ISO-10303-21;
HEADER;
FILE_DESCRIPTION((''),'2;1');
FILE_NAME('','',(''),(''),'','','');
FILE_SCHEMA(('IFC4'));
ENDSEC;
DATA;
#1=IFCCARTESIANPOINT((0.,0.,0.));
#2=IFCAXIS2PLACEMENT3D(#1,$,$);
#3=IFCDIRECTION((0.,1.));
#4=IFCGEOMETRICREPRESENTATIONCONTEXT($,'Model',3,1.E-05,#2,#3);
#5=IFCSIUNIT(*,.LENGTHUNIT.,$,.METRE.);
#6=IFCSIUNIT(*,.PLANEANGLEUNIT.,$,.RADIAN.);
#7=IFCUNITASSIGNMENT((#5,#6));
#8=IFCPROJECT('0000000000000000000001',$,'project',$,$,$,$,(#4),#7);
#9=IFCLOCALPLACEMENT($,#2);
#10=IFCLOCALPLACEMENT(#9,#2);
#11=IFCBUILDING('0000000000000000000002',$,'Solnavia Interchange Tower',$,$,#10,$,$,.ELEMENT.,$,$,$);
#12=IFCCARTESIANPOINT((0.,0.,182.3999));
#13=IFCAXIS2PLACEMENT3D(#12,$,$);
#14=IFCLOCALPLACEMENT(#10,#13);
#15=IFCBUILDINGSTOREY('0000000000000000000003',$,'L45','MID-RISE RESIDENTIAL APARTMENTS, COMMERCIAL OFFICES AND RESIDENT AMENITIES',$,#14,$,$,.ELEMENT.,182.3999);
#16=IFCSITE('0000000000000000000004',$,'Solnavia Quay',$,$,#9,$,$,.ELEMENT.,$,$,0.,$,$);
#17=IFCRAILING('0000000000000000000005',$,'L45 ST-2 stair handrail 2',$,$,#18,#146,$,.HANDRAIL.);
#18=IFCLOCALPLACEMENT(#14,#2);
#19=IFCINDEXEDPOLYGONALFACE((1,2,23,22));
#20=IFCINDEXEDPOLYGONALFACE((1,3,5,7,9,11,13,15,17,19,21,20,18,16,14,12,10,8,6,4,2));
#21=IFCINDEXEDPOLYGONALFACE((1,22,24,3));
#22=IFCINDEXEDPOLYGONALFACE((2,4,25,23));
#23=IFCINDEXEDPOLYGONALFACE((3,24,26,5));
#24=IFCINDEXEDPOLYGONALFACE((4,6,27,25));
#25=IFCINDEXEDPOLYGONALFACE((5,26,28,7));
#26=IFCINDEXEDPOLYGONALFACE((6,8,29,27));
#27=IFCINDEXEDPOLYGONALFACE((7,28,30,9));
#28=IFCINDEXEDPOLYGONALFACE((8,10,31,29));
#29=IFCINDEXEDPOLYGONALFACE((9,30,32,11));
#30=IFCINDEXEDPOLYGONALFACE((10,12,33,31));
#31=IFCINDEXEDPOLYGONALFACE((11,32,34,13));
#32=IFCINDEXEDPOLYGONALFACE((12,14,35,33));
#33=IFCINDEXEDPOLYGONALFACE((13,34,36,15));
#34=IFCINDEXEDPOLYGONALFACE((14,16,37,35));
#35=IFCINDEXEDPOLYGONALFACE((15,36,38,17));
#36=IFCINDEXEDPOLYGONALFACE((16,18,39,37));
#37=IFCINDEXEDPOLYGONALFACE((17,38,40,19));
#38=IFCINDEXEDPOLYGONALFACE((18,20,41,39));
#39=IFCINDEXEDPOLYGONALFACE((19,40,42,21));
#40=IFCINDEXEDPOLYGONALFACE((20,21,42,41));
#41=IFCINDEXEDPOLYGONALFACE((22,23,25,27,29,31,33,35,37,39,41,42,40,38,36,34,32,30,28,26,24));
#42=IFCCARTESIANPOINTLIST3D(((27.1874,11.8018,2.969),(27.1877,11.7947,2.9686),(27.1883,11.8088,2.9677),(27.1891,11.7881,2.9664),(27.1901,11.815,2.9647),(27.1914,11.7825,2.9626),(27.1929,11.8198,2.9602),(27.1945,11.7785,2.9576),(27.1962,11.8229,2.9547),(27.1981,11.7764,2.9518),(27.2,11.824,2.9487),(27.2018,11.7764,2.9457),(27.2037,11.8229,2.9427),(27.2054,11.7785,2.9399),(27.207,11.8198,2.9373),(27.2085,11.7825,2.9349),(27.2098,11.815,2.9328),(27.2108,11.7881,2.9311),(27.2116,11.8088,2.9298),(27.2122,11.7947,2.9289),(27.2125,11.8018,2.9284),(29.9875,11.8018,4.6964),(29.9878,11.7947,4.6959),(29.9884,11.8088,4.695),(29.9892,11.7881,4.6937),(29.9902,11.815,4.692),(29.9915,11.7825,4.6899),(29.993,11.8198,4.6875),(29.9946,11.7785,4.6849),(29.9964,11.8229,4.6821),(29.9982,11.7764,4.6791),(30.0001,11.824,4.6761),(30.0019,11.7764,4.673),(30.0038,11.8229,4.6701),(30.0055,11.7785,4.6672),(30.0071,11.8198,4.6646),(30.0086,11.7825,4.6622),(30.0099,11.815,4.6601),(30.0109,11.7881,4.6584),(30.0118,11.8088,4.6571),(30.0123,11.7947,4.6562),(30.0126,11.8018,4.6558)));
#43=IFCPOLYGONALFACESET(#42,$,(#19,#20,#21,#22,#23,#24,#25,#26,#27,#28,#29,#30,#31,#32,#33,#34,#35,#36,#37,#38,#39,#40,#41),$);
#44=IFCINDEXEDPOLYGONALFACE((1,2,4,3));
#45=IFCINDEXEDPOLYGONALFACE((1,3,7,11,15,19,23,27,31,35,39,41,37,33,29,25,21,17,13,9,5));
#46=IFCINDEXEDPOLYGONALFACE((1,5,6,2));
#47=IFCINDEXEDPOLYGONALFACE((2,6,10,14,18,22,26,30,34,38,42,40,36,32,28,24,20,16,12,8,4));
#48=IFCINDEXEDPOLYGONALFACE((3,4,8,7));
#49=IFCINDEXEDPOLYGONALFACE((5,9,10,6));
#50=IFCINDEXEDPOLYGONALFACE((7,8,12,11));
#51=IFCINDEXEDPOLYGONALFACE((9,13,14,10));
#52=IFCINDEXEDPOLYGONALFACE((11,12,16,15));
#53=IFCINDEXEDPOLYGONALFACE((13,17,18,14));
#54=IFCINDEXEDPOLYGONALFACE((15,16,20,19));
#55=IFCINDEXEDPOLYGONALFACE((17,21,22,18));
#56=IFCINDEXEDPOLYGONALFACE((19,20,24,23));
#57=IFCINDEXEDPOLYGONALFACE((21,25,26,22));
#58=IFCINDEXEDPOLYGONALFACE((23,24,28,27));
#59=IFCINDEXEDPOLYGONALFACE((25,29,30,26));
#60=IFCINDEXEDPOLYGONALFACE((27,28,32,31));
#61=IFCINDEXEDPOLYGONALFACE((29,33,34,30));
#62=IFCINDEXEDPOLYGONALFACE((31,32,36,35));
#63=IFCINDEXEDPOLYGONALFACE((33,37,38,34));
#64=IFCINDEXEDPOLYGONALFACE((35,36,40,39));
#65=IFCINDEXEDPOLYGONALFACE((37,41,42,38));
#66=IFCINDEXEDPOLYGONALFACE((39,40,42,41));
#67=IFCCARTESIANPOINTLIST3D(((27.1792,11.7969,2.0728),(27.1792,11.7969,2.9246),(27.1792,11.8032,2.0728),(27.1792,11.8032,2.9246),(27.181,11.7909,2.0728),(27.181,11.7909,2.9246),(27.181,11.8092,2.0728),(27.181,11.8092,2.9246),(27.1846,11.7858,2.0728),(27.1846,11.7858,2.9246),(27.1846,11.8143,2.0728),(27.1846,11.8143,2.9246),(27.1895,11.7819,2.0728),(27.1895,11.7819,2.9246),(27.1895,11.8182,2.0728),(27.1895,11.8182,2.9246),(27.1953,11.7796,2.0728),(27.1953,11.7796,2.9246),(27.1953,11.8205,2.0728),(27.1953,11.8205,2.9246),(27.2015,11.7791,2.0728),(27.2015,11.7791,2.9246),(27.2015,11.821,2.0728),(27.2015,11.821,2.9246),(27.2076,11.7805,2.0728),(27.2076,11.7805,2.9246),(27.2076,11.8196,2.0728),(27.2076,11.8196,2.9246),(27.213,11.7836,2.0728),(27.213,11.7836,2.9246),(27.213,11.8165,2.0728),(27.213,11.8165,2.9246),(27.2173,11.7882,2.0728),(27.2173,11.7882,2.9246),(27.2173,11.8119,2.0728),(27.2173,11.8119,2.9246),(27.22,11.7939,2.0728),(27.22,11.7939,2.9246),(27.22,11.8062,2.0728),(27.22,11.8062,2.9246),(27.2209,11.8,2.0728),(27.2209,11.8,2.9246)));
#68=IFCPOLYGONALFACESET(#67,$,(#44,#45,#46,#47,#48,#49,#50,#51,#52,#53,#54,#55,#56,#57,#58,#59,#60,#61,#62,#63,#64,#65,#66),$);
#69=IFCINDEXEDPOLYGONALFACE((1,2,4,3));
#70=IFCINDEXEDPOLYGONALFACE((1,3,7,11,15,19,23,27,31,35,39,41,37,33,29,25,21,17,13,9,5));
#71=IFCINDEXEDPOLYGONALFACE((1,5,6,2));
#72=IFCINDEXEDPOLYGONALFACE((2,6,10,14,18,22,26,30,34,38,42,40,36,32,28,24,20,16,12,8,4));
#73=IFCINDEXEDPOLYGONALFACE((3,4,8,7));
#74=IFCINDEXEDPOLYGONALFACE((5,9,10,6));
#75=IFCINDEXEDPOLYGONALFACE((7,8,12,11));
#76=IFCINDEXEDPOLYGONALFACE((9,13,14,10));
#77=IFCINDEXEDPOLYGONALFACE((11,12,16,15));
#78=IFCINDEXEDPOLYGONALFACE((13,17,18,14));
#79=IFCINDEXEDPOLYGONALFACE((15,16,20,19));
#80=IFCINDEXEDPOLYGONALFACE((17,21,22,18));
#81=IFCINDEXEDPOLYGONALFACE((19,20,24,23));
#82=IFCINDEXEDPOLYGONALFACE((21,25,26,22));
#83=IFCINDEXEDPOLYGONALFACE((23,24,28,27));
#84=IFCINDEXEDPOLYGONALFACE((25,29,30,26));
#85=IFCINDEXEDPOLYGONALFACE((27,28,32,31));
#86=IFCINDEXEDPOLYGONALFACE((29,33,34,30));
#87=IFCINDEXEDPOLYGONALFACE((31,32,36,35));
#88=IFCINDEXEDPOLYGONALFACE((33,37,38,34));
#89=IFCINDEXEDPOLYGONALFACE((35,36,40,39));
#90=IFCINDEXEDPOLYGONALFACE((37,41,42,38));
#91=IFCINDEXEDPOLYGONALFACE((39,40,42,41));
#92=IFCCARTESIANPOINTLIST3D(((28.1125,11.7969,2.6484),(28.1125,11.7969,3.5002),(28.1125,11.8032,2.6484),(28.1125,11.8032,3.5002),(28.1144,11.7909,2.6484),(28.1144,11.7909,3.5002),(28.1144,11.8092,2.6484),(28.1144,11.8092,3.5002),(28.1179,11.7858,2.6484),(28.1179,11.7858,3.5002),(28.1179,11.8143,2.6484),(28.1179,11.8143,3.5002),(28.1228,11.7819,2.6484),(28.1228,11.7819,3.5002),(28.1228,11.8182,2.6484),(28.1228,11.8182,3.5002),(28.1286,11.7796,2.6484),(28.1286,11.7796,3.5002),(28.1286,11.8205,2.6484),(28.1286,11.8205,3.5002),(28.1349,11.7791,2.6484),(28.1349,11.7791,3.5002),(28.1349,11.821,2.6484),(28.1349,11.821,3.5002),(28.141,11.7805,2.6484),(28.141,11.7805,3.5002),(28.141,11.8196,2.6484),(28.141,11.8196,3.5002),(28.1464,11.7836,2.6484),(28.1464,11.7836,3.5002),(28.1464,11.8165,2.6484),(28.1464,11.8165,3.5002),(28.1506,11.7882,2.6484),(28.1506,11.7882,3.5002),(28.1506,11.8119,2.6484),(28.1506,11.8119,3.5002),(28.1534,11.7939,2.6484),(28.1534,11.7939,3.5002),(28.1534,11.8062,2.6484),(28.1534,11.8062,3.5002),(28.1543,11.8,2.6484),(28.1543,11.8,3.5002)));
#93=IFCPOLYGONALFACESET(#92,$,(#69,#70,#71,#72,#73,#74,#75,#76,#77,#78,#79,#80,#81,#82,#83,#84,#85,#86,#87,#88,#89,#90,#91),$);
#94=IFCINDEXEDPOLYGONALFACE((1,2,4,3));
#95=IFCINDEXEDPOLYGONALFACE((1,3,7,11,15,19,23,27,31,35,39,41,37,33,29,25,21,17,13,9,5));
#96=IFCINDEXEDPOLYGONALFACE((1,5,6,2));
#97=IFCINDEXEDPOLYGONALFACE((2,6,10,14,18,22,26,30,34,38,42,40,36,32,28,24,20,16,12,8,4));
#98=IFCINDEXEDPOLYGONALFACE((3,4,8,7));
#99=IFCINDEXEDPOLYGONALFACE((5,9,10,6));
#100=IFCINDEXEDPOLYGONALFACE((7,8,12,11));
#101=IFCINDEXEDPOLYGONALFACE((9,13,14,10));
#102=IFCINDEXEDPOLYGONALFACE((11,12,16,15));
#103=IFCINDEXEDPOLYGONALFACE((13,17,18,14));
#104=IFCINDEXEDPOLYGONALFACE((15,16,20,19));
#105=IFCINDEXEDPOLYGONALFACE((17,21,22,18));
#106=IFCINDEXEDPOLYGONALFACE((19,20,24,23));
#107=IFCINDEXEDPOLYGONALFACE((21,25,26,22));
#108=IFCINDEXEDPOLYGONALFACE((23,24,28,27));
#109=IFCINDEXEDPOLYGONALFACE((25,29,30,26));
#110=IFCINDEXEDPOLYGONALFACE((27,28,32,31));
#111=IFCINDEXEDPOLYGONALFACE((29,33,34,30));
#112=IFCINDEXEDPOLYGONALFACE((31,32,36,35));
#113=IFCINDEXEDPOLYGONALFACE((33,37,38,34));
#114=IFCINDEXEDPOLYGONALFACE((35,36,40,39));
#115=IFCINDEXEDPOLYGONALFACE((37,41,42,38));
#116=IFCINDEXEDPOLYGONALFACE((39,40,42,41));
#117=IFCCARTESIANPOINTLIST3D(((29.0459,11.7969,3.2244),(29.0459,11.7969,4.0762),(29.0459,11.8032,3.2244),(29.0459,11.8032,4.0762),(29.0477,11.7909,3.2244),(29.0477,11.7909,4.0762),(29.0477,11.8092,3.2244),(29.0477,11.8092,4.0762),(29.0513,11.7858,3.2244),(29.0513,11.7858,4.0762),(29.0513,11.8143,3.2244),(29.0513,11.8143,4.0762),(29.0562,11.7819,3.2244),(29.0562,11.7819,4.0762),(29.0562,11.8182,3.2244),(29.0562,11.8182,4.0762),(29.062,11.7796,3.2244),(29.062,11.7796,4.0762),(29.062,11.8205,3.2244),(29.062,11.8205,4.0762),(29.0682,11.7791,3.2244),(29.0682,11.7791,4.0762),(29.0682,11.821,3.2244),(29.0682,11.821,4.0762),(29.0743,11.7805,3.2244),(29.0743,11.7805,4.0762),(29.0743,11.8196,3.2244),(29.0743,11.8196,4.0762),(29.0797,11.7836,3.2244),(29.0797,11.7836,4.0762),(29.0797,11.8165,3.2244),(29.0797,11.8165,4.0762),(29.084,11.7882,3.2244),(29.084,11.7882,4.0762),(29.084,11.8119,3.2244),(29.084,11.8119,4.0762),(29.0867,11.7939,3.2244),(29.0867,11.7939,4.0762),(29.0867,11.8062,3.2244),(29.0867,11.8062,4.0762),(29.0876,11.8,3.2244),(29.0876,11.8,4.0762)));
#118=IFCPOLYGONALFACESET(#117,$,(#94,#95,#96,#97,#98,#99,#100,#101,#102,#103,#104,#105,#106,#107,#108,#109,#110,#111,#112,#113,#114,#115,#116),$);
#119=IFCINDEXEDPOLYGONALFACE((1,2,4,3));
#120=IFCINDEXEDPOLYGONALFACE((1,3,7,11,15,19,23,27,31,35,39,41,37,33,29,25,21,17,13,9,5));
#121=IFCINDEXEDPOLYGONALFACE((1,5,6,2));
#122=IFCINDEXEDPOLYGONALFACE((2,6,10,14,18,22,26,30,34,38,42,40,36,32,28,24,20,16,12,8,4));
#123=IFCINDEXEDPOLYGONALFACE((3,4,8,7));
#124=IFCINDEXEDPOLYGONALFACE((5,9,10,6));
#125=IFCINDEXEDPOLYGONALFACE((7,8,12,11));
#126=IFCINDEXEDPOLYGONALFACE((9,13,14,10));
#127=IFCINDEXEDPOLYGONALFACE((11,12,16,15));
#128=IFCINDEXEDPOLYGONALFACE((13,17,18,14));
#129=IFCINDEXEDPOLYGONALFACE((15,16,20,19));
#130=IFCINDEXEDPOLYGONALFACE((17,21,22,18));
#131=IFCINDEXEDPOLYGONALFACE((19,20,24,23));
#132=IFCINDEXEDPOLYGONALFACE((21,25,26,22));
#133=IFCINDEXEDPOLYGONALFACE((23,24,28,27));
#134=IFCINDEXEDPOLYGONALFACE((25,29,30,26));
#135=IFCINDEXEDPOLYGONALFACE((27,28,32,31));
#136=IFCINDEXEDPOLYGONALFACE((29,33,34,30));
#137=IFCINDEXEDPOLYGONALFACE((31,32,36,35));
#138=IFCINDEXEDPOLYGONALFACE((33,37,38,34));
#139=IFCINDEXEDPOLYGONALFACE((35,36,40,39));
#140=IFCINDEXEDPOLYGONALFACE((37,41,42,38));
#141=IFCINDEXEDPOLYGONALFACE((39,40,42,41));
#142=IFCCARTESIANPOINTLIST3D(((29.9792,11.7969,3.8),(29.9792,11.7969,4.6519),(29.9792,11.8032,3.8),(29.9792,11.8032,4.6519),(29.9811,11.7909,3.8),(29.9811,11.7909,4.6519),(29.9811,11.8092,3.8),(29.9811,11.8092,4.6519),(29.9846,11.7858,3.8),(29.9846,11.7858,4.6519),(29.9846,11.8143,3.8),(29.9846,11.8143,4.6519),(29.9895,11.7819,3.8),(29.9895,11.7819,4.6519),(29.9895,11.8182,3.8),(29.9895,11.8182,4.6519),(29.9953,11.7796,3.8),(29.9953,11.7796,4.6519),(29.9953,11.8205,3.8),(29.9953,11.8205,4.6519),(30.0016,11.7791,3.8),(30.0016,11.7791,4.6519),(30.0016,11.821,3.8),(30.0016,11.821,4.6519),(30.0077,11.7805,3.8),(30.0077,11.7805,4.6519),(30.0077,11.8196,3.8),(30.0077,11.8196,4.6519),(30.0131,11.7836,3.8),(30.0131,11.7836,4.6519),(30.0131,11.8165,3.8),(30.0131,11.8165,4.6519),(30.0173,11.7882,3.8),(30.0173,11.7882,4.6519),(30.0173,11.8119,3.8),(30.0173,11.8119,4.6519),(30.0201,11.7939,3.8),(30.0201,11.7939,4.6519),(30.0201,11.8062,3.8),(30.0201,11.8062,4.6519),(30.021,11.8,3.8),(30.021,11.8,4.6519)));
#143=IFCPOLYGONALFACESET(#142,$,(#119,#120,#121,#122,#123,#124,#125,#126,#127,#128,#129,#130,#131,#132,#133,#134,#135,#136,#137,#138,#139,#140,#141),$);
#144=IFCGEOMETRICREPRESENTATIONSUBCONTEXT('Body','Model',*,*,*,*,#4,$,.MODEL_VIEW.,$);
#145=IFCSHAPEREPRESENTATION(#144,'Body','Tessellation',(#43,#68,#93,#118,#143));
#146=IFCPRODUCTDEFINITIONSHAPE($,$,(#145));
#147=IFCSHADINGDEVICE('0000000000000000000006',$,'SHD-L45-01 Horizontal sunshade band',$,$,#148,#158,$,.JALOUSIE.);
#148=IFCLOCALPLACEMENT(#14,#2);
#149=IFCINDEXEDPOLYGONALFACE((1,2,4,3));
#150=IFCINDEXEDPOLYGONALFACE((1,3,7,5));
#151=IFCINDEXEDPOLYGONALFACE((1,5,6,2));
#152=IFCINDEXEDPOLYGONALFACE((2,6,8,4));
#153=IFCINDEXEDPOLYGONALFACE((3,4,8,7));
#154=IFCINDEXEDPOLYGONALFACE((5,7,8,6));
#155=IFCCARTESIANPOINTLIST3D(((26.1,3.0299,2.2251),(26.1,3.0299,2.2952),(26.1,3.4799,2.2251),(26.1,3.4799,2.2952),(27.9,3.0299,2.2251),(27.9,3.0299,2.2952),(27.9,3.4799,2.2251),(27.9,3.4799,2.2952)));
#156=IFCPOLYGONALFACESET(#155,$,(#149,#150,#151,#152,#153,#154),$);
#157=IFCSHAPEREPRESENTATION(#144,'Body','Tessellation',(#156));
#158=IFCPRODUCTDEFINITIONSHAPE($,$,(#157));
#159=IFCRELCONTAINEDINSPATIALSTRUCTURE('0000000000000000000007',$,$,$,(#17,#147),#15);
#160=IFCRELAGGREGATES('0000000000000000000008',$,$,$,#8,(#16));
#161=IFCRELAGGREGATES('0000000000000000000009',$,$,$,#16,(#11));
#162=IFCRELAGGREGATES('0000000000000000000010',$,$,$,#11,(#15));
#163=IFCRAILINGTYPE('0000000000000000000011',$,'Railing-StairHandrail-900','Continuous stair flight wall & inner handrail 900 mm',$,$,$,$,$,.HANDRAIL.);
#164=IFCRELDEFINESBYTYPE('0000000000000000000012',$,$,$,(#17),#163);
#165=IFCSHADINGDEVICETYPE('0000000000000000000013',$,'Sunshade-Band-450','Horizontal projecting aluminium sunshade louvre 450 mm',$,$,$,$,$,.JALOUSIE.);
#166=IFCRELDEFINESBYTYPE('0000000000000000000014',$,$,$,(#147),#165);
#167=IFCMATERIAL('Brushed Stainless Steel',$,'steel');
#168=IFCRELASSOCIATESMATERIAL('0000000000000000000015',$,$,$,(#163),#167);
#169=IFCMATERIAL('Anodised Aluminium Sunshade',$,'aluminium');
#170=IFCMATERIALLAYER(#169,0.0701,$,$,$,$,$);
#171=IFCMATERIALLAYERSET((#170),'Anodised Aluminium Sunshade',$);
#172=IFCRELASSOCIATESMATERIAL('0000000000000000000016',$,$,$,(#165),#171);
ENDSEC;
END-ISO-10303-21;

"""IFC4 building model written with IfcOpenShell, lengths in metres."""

from ifc_helpers import new_model, si_unit, direction, frame, origin, origin_2d, place, context, subcontext, project, spatial, rectangle, circle, extrude, material, layer, layer_set, type_object, element, save


model = new_model("IFC4")

# Units and contexts
model_context = context("Model", 3, precision=1e-05, world=origin(), true_north=direction((0.0, 1.0)))
body_context = subcontext(model_context, "Body", "Model", "MODEL_VIEW")
ifc_project = project(units=[si_unit("LENGTHUNIT", "METRE"), si_unit("PLANEANGLEUNIT", "RADIAN")], contexts=[model_context])

# Site, building, storey
site_placement = place(None, origin())
site = spatial("IfcSite", under=ifc_project, at=site_placement, Name="Solnavia Quay", CompositionType="ELEMENT", RefElevation=0.0)
building_placement = place(site_placement, origin())
building = spatial("IfcBuilding", under=site, at=building_placement, Name="Solnavia Interchange Tower", CompositionType="ELEMENT")
storey_placement = place(building_placement, frame((0.0, 0.0, 182.3999)))
storey = spatial("IfcBuildingStorey", under=building, at=storey_placement, Name="L45", Description="MID-RISE RESIDENTIAL APARTMENTS, COMMERCIAL OFFICES AND RESIDENT AMENITIES", CompositionType="ELEMENT", Elevation=182.3999)

# Railing
ifc_material_1 = material(Name="Brushed Stainless Steel", Category="steel")
railing_type_1 = type_object("IfcRailingType", Name="Railing-StairHandrail-900", Description="Continuous stair flight wall & inner handrail 900 mm", PredefinedType="HANDRAIL", material=ifc_material_1)
railing_1_placement = place(storey_placement, frame((27.2, 11.8, 2.0728)))
element("IfcRailing", 1, at=railing_1_placement, inside=storey, type_object=railing_type_1, Name="L45 ST-2 stair handrail 2", PredefinedType="HANDRAIL", context=body_context, shape_type="SweptSolid", body=[
    extrude(circle(Radius=0.0239, at=origin_2d()), frame((0.0, 0.0, 0.876), z_axis=(0.85109, 0.0, 0.52502), x_axis=(0.0, 1.0, 0.0)), (0.0, 0.0, 1.0), 3.29),
    extrude(circle(Radius=0.021, at=origin_2d()), origin(), (0.0, 0.0, 1.0), 0.8518),
    extrude(circle(Radius=0.021, at=origin_2d()), frame((0.9333, 0.0, 0.5757)), (0.0, 0.0, 1.0), 0.8518),
    extrude(circle(Radius=0.021, at=origin_2d()), frame((1.8667, 0.0, 1.1516)), (0.0, 0.0, 1.0), 0.8518),
    extrude(circle(Radius=0.021, at=origin_2d()), frame((2.8, 0.0, 1.7273)), (0.0, 0.0, 1.0), 0.8518),
])

# Shading device
ifc_material_2 = material(Name="Anodised Aluminium Sunshade", Category="aluminium")
ifc_layer_1 = layer(ifc_material_2, 0.0701)
ifc_layer_set_1 = layer_set([ifc_layer_1], Name="Anodised Aluminium Sunshade")
shading_device_type = type_object("IfcShadingDeviceType", Name="Sunshade-Band-450", Description="Horizontal projecting aluminium sunshade louvre 450 mm", PredefinedType="JALOUSIE", material=ifc_layer_set_1)
shading_device_placement = place(storey_placement, frame((27.0, 3.2549, 2.2251), z_axis=(0.0, 0.0, 1.0), x_axis=(-1.0, 0.0, 0.0)))
element("IfcShadingDevice", 2, at=shading_device_placement, inside=storey, type_object=shading_device_type, Name="SHD-L45-01 Horizontal sunshade band", PredefinedType="JALOUSIE", context=body_context, shape_type="SweptSolid", body=[
    extrude(rectangle(XDim=1.8, YDim=0.45, at=origin_2d()), origin(), (0.0, 0.0, 1.0), 0.0701),
])

save(model, "model.ifc")
